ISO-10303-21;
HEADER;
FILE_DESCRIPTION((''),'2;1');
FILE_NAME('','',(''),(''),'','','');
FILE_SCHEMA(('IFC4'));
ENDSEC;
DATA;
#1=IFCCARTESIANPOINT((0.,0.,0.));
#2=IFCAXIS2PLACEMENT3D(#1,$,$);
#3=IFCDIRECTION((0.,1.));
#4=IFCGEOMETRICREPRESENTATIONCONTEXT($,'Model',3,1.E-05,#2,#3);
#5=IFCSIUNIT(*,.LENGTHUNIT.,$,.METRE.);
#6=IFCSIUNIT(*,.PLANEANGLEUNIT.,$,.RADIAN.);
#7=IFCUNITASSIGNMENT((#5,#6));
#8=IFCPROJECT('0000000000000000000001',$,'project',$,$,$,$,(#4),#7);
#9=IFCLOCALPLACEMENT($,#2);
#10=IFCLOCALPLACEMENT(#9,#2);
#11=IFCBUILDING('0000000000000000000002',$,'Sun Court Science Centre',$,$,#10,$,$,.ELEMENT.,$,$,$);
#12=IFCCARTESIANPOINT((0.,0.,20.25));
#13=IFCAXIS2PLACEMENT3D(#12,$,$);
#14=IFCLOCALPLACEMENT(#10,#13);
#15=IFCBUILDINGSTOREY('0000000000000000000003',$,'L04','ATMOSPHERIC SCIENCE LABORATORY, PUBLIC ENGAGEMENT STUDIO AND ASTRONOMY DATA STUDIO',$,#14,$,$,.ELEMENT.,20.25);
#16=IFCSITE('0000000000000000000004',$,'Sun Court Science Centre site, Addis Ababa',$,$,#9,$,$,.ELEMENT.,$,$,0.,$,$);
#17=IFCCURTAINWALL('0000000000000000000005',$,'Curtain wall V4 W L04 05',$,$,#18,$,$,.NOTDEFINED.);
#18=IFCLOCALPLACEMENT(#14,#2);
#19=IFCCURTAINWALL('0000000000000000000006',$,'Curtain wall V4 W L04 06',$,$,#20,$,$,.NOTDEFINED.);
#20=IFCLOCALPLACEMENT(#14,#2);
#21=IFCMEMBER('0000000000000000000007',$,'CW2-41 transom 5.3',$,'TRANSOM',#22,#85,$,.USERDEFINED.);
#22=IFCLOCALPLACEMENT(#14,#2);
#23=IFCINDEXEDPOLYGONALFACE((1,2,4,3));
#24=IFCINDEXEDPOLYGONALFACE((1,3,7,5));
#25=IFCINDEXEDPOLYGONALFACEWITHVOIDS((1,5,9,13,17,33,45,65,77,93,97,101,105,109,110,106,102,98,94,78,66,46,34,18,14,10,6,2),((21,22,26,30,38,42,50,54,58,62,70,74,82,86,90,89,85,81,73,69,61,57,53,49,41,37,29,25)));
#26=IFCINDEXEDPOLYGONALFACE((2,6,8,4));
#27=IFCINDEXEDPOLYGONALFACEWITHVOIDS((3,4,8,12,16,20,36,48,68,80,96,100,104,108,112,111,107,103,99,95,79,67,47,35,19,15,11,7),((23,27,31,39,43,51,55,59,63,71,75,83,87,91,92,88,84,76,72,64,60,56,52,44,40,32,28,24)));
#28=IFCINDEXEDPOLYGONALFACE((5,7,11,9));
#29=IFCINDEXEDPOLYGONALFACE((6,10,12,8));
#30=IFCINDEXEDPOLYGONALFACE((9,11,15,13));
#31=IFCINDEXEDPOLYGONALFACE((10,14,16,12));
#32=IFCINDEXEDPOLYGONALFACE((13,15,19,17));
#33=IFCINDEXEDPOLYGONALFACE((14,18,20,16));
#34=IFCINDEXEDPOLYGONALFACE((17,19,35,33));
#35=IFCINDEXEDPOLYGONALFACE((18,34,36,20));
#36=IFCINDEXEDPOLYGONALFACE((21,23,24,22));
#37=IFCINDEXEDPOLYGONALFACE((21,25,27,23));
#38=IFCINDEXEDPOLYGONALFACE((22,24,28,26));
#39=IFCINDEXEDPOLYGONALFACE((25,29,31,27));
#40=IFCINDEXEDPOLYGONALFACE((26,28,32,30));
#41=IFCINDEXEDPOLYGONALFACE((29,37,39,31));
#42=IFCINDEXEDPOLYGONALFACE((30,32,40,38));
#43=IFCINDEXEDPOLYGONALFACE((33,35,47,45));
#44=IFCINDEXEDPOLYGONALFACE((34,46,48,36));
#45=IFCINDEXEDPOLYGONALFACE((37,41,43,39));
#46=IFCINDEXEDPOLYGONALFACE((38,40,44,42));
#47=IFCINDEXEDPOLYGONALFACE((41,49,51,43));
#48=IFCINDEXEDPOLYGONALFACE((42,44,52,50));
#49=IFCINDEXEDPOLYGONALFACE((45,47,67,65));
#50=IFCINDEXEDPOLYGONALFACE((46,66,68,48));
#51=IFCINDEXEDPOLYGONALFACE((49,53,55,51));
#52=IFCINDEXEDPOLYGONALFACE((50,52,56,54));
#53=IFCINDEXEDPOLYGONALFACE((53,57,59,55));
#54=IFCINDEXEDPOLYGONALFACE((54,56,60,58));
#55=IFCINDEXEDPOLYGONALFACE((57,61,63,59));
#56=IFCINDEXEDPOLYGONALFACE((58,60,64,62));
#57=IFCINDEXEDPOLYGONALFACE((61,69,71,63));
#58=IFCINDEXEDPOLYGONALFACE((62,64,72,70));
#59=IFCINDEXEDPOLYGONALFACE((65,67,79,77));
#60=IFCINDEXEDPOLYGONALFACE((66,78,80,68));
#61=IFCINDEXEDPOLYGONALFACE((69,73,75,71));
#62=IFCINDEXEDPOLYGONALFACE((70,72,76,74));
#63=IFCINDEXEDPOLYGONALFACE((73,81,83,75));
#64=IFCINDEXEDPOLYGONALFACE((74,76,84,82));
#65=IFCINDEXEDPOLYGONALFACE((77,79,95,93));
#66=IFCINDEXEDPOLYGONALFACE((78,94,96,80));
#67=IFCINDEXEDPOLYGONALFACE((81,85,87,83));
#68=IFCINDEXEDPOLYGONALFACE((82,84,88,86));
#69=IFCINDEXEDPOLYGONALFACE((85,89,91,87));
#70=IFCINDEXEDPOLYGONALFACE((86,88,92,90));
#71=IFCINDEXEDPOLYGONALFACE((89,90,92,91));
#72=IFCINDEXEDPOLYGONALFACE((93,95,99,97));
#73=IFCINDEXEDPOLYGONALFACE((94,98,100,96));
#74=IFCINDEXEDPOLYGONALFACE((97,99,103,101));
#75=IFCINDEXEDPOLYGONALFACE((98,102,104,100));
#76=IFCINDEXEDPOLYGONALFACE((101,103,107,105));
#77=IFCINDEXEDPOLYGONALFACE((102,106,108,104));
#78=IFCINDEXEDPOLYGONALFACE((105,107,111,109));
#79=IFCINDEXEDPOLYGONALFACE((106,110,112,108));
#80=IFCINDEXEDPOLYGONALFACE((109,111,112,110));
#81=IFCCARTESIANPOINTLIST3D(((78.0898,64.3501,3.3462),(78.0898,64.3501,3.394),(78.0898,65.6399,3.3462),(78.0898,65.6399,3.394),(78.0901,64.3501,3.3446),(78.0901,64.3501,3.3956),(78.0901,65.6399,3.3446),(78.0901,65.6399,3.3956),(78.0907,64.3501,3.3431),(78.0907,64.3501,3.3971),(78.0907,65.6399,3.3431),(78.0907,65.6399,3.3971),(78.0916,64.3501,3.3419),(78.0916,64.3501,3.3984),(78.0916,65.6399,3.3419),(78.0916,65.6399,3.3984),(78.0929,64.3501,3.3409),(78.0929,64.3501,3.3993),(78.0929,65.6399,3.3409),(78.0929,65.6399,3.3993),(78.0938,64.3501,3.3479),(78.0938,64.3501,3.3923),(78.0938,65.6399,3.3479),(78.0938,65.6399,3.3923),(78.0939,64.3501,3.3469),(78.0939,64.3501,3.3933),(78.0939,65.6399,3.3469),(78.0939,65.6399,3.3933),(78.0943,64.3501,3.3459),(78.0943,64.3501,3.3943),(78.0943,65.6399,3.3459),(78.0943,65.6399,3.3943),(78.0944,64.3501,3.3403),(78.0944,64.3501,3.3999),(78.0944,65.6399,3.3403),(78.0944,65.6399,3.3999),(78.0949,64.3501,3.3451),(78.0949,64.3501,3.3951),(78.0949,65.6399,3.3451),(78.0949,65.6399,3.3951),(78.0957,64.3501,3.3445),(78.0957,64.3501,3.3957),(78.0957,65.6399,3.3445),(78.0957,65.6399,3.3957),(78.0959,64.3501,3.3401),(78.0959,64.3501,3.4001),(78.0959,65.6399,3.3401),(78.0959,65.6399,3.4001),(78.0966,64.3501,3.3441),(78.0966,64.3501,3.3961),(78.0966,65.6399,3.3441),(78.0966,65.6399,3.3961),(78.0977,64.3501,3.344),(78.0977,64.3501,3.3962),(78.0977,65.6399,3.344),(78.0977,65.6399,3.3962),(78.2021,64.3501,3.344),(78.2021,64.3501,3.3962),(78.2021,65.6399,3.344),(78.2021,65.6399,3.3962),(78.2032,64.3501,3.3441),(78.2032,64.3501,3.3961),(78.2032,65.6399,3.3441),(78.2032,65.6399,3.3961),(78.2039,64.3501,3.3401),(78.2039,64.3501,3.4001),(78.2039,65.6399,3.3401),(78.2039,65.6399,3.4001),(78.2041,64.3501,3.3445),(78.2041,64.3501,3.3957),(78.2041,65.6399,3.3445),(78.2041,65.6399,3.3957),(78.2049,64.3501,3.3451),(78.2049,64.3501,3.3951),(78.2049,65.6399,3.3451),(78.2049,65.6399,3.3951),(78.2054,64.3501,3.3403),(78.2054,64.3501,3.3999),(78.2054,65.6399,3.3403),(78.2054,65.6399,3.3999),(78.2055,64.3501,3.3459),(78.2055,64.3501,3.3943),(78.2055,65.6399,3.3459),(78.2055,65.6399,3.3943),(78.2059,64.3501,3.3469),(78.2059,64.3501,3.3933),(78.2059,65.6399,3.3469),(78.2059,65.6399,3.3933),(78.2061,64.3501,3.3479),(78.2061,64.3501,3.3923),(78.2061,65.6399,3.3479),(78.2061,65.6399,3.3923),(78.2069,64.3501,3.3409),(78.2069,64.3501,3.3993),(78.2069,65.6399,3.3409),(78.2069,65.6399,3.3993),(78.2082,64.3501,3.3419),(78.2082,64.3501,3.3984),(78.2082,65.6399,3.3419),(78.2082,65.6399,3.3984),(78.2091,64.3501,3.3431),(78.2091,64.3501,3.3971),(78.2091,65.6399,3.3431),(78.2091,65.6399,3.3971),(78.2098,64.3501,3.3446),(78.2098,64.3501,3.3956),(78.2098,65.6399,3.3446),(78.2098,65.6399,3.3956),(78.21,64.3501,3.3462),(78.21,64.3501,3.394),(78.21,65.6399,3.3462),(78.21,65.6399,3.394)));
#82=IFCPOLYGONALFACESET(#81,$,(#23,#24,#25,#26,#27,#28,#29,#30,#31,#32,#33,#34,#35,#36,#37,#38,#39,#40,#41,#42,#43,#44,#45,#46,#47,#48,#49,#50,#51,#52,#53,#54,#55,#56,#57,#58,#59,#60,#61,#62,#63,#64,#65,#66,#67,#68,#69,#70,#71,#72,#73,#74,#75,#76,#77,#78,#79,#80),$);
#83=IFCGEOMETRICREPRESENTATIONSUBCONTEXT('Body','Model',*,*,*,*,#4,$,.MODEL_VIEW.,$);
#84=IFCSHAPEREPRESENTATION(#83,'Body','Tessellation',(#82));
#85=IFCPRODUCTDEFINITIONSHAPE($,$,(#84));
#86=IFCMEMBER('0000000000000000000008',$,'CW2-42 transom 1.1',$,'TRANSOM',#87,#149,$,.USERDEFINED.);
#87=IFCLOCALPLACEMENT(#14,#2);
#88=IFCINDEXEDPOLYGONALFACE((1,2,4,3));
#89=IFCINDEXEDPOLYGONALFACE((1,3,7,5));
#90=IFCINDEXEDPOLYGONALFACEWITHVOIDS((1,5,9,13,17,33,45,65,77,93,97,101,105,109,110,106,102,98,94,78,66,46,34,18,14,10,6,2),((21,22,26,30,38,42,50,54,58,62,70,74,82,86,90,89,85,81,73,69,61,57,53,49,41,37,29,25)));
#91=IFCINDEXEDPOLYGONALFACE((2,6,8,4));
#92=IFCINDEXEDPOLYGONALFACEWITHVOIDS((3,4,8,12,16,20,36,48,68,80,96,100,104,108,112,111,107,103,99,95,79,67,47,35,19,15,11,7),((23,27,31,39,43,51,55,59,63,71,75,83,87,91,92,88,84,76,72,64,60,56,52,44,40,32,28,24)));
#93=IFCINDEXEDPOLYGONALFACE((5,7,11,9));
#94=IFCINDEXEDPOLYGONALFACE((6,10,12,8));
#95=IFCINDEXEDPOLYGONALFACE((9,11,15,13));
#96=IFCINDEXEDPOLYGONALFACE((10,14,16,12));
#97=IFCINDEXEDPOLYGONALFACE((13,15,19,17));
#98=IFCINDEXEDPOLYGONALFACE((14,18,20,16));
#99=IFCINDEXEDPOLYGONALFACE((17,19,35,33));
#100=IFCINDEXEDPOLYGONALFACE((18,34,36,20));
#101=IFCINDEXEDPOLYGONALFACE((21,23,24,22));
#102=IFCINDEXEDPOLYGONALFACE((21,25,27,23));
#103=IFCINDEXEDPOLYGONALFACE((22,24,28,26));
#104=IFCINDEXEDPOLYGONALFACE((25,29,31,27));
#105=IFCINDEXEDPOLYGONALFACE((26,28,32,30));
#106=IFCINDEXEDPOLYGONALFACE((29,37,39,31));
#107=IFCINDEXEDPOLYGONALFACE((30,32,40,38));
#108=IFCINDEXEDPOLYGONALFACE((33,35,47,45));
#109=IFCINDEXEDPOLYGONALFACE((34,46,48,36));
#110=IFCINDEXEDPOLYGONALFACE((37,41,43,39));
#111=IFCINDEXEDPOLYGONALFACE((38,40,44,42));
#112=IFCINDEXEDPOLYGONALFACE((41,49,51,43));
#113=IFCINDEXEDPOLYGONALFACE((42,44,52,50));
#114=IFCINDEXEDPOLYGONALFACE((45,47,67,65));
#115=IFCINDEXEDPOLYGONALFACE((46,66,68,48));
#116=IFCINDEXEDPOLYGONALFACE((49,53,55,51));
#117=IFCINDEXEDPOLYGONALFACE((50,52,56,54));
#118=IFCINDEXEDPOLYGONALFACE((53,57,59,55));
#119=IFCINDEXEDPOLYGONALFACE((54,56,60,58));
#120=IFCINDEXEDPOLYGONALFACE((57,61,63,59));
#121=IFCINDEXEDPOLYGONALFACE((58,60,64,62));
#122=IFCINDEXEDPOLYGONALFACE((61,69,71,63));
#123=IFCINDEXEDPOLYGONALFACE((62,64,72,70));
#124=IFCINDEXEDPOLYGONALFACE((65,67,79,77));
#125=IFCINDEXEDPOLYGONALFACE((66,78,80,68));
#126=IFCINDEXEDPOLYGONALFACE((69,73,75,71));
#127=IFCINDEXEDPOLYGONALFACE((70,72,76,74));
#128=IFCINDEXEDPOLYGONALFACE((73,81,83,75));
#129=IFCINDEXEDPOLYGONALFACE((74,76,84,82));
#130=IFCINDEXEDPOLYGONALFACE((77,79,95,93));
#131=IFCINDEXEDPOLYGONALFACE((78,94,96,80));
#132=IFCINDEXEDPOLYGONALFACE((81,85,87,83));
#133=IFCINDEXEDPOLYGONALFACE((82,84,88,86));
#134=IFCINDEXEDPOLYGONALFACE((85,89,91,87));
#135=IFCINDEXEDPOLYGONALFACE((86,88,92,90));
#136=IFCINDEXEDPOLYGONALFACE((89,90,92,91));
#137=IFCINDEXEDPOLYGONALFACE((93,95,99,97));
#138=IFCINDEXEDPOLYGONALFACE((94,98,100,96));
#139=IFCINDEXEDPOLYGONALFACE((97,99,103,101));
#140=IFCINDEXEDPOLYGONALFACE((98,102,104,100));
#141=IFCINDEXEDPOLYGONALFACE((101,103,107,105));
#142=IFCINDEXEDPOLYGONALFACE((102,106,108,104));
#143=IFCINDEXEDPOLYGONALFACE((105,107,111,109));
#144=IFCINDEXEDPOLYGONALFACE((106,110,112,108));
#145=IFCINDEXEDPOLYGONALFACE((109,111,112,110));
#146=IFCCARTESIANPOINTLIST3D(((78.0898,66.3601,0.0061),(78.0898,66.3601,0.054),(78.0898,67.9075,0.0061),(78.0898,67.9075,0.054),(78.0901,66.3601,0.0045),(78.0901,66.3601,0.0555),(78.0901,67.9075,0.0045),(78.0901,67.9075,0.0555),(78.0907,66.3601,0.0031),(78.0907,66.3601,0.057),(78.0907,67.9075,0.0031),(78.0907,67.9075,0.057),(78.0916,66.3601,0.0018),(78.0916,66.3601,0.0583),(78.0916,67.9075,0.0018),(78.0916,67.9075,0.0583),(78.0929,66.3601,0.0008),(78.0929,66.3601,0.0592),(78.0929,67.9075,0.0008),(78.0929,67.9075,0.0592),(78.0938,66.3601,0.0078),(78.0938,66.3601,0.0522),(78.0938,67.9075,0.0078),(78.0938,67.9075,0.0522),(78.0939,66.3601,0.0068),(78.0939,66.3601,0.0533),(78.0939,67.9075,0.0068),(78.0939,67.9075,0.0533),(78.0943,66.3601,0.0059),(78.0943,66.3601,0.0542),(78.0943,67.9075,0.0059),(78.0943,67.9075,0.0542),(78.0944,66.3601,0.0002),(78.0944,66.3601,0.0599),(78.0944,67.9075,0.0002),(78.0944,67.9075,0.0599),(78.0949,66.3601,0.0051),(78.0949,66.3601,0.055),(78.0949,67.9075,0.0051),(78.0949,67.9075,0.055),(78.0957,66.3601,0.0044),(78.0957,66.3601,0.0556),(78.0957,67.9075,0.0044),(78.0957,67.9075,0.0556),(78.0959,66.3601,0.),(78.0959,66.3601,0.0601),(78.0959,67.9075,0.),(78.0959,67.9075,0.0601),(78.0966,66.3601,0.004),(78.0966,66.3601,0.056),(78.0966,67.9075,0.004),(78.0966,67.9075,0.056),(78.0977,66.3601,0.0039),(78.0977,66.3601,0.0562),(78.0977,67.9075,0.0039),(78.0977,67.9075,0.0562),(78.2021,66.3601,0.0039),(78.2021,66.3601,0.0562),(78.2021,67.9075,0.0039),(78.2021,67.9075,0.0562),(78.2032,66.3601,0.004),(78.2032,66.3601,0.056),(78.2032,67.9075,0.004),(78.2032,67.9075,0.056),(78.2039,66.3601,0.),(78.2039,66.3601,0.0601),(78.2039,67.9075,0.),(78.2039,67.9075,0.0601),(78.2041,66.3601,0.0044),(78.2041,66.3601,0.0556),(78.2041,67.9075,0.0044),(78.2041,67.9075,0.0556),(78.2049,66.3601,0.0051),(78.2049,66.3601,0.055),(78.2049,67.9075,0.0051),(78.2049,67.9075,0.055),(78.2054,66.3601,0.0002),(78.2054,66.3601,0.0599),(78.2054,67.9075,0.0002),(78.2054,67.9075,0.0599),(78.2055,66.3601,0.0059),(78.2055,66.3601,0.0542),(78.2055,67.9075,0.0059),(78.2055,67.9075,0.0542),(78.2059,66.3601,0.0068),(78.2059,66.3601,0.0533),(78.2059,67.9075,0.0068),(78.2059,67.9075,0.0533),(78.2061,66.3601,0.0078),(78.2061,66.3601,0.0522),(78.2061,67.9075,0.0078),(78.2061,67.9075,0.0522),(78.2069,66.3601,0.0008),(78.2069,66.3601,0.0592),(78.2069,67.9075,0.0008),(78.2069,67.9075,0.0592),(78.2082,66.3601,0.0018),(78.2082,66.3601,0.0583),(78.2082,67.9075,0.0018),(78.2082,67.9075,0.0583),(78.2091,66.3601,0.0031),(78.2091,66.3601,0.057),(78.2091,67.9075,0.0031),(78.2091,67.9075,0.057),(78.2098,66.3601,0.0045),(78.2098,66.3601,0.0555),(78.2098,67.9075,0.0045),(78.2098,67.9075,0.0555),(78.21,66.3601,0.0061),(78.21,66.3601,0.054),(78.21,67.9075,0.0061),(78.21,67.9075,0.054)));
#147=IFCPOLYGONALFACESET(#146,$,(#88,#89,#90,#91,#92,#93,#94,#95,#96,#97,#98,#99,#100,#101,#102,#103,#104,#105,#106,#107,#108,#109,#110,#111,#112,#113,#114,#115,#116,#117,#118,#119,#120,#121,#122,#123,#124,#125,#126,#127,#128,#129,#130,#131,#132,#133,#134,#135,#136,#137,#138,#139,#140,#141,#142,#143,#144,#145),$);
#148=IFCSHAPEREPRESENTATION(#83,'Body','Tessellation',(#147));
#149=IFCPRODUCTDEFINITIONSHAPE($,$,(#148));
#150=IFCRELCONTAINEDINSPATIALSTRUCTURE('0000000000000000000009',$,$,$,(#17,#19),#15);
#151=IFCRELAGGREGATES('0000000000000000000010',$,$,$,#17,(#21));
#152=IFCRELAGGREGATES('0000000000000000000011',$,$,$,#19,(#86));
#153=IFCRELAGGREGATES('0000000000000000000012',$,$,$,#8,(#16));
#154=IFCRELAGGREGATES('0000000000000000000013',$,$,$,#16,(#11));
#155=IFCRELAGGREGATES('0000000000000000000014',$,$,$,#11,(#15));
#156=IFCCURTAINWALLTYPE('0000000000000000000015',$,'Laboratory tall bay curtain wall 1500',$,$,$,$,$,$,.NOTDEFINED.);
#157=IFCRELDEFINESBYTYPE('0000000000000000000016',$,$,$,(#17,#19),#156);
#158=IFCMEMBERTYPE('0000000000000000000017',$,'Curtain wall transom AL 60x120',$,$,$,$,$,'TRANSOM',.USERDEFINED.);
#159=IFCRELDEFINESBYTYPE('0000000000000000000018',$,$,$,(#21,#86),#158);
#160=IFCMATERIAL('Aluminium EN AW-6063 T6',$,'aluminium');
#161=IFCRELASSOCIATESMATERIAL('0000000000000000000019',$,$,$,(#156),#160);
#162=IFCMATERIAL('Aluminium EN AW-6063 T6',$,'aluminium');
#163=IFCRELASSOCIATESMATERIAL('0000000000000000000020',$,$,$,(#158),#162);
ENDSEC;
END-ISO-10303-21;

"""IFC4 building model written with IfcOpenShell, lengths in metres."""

from ifc_helpers import new_model, si_unit, direction, frame, origin, origin_2d, place, context, subcontext, project, spatial, hollow_rectangle, extrude, material, material_profile, profile_set, type_object, element, aggregate, save


model = new_model("IFC4")

# Units and contexts
model_context = context("Model", 3, precision=1e-05, world=origin(), true_north=direction((0.0, 1.0)))
body_context = subcontext(model_context, "Body", "Model", "MODEL_VIEW")
ifc_project = project(units=[si_unit("LENGTHUNIT", "METRE"), si_unit("PLANEANGLEUNIT", "RADIAN")], contexts=[model_context])

# Site, building, storey
site_placement = place(None, origin())
site = spatial("IfcSite", under=ifc_project, at=site_placement, Name="Sun Court Science Centre site, Addis Ababa", CompositionType="ELEMENT", RefElevation=0.0)
building_placement = place(site_placement, origin())
building = spatial("IfcBuilding", under=site, at=building_placement, Name="Sun Court Science Centre", CompositionType="ELEMENT")
storey_placement = place(building_placement, frame((0.0, 0.0, 20.25)))
storey = spatial("IfcBuildingStorey", under=building, at=storey_placement, Name="L04", Description="ATMOSPHERIC SCIENCE LABORATORY, PUBLIC ENGAGEMENT STUDIO AND ASTRONOMY DATA STUDIO", CompositionType="ELEMENT", Elevation=20.25)

# Curtain walls
ifc_material_1 = material(Name="Aluminium EN AW-6063 T6", Category="aluminium")
curtain_wall_type = type_object("IfcCurtainWallType", Name="Laboratory tall bay curtain wall 1500", PredefinedType="NOTDEFINED", material=ifc_material_1)
curtain_wall_1_placement = place(storey_placement, origin())
curtain_wall_1 = element("IfcCurtainWall", 1, at=curtain_wall_1_placement, inside=storey, type_object=curtain_wall_type, Name="Curtain wall V4 W L04 05", PredefinedType="NOTDEFINED")
curtain_wall_2_placement = place(storey_placement, origin())
curtain_wall_2 = element("IfcCurtainWall", 2, at=curtain_wall_2_placement, inside=storey, type_object=curtain_wall_type, Name="Curtain wall V4 W L04 06", PredefinedType="NOTDEFINED")

# Members
ifc_material_2 = material(Name="Aluminium EN AW-6063 T6", Category="aluminium")
ifc_material_profile_1 = material_profile(ifc_material_2, hollow_rectangle(XDim=0.0601, YDim=0.1201, WallThickness=0.0039, InnerFilletRadius=0.0039, OuterFilletRadius=0.0061, at=origin_2d()), Name="AL 60x120x4")
ifc_profile_set_1 = profile_set([ifc_material_profile_1], Name="Aluminium EN AW-6063 T6")
member_type_1 = type_object("IfcMemberType", Name="Curtain wall transom AL 60x120", ElementType="TRANSOM", PredefinedType="USERDEFINED", material=ifc_profile_set_1)
member_1_placement = place(storey_placement, frame((78.1499, 64.3501, 3.3701), z_axis=(0.0, 1.0, 0.0), x_axis=(0.0, 0.0, 1.0)))
member_1 = element("IfcMember", 3, at=member_1_placement, type_object=member_type_1, Name="CW2-41 transom 5.3", ObjectType="TRANSOM", PredefinedType="USERDEFINED", context=body_context, shape_type="SweptSolid", body=[
    extrude(hollow_rectangle(XDim=0.0601, YDim=0.1201, WallThickness=0.0039, InnerFilletRadius=0.0039, OuterFilletRadius=0.0061, at=origin_2d()), origin(), (0.0, 0.0, 1.0), 1.2898),
])
member_2_placement = place(storey_placement, frame((78.1499, 66.3601, 0.03), z_axis=(0.0, 1.0, 0.0), x_axis=(0.0, 0.0, 1.0)))
member_2 = element("IfcMember", 4, at=member_2_placement, type_object=member_type_1, Name="CW2-42 transom 1.1", ObjectType="TRANSOM", PredefinedType="USERDEFINED", context=body_context, shape_type="SweptSolid", body=[
    extrude(hollow_rectangle(XDim=0.0601, YDim=0.1201, WallThickness=0.0039, InnerFilletRadius=0.0039, OuterFilletRadius=0.0061, at=origin_2d()), origin(), (0.0, 0.0, 1.0), 1.5474),
])

aggregate(curtain_wall_1, [member_1])
aggregate(curtain_wall_2, [member_2])

save(model, "model.ifc")
